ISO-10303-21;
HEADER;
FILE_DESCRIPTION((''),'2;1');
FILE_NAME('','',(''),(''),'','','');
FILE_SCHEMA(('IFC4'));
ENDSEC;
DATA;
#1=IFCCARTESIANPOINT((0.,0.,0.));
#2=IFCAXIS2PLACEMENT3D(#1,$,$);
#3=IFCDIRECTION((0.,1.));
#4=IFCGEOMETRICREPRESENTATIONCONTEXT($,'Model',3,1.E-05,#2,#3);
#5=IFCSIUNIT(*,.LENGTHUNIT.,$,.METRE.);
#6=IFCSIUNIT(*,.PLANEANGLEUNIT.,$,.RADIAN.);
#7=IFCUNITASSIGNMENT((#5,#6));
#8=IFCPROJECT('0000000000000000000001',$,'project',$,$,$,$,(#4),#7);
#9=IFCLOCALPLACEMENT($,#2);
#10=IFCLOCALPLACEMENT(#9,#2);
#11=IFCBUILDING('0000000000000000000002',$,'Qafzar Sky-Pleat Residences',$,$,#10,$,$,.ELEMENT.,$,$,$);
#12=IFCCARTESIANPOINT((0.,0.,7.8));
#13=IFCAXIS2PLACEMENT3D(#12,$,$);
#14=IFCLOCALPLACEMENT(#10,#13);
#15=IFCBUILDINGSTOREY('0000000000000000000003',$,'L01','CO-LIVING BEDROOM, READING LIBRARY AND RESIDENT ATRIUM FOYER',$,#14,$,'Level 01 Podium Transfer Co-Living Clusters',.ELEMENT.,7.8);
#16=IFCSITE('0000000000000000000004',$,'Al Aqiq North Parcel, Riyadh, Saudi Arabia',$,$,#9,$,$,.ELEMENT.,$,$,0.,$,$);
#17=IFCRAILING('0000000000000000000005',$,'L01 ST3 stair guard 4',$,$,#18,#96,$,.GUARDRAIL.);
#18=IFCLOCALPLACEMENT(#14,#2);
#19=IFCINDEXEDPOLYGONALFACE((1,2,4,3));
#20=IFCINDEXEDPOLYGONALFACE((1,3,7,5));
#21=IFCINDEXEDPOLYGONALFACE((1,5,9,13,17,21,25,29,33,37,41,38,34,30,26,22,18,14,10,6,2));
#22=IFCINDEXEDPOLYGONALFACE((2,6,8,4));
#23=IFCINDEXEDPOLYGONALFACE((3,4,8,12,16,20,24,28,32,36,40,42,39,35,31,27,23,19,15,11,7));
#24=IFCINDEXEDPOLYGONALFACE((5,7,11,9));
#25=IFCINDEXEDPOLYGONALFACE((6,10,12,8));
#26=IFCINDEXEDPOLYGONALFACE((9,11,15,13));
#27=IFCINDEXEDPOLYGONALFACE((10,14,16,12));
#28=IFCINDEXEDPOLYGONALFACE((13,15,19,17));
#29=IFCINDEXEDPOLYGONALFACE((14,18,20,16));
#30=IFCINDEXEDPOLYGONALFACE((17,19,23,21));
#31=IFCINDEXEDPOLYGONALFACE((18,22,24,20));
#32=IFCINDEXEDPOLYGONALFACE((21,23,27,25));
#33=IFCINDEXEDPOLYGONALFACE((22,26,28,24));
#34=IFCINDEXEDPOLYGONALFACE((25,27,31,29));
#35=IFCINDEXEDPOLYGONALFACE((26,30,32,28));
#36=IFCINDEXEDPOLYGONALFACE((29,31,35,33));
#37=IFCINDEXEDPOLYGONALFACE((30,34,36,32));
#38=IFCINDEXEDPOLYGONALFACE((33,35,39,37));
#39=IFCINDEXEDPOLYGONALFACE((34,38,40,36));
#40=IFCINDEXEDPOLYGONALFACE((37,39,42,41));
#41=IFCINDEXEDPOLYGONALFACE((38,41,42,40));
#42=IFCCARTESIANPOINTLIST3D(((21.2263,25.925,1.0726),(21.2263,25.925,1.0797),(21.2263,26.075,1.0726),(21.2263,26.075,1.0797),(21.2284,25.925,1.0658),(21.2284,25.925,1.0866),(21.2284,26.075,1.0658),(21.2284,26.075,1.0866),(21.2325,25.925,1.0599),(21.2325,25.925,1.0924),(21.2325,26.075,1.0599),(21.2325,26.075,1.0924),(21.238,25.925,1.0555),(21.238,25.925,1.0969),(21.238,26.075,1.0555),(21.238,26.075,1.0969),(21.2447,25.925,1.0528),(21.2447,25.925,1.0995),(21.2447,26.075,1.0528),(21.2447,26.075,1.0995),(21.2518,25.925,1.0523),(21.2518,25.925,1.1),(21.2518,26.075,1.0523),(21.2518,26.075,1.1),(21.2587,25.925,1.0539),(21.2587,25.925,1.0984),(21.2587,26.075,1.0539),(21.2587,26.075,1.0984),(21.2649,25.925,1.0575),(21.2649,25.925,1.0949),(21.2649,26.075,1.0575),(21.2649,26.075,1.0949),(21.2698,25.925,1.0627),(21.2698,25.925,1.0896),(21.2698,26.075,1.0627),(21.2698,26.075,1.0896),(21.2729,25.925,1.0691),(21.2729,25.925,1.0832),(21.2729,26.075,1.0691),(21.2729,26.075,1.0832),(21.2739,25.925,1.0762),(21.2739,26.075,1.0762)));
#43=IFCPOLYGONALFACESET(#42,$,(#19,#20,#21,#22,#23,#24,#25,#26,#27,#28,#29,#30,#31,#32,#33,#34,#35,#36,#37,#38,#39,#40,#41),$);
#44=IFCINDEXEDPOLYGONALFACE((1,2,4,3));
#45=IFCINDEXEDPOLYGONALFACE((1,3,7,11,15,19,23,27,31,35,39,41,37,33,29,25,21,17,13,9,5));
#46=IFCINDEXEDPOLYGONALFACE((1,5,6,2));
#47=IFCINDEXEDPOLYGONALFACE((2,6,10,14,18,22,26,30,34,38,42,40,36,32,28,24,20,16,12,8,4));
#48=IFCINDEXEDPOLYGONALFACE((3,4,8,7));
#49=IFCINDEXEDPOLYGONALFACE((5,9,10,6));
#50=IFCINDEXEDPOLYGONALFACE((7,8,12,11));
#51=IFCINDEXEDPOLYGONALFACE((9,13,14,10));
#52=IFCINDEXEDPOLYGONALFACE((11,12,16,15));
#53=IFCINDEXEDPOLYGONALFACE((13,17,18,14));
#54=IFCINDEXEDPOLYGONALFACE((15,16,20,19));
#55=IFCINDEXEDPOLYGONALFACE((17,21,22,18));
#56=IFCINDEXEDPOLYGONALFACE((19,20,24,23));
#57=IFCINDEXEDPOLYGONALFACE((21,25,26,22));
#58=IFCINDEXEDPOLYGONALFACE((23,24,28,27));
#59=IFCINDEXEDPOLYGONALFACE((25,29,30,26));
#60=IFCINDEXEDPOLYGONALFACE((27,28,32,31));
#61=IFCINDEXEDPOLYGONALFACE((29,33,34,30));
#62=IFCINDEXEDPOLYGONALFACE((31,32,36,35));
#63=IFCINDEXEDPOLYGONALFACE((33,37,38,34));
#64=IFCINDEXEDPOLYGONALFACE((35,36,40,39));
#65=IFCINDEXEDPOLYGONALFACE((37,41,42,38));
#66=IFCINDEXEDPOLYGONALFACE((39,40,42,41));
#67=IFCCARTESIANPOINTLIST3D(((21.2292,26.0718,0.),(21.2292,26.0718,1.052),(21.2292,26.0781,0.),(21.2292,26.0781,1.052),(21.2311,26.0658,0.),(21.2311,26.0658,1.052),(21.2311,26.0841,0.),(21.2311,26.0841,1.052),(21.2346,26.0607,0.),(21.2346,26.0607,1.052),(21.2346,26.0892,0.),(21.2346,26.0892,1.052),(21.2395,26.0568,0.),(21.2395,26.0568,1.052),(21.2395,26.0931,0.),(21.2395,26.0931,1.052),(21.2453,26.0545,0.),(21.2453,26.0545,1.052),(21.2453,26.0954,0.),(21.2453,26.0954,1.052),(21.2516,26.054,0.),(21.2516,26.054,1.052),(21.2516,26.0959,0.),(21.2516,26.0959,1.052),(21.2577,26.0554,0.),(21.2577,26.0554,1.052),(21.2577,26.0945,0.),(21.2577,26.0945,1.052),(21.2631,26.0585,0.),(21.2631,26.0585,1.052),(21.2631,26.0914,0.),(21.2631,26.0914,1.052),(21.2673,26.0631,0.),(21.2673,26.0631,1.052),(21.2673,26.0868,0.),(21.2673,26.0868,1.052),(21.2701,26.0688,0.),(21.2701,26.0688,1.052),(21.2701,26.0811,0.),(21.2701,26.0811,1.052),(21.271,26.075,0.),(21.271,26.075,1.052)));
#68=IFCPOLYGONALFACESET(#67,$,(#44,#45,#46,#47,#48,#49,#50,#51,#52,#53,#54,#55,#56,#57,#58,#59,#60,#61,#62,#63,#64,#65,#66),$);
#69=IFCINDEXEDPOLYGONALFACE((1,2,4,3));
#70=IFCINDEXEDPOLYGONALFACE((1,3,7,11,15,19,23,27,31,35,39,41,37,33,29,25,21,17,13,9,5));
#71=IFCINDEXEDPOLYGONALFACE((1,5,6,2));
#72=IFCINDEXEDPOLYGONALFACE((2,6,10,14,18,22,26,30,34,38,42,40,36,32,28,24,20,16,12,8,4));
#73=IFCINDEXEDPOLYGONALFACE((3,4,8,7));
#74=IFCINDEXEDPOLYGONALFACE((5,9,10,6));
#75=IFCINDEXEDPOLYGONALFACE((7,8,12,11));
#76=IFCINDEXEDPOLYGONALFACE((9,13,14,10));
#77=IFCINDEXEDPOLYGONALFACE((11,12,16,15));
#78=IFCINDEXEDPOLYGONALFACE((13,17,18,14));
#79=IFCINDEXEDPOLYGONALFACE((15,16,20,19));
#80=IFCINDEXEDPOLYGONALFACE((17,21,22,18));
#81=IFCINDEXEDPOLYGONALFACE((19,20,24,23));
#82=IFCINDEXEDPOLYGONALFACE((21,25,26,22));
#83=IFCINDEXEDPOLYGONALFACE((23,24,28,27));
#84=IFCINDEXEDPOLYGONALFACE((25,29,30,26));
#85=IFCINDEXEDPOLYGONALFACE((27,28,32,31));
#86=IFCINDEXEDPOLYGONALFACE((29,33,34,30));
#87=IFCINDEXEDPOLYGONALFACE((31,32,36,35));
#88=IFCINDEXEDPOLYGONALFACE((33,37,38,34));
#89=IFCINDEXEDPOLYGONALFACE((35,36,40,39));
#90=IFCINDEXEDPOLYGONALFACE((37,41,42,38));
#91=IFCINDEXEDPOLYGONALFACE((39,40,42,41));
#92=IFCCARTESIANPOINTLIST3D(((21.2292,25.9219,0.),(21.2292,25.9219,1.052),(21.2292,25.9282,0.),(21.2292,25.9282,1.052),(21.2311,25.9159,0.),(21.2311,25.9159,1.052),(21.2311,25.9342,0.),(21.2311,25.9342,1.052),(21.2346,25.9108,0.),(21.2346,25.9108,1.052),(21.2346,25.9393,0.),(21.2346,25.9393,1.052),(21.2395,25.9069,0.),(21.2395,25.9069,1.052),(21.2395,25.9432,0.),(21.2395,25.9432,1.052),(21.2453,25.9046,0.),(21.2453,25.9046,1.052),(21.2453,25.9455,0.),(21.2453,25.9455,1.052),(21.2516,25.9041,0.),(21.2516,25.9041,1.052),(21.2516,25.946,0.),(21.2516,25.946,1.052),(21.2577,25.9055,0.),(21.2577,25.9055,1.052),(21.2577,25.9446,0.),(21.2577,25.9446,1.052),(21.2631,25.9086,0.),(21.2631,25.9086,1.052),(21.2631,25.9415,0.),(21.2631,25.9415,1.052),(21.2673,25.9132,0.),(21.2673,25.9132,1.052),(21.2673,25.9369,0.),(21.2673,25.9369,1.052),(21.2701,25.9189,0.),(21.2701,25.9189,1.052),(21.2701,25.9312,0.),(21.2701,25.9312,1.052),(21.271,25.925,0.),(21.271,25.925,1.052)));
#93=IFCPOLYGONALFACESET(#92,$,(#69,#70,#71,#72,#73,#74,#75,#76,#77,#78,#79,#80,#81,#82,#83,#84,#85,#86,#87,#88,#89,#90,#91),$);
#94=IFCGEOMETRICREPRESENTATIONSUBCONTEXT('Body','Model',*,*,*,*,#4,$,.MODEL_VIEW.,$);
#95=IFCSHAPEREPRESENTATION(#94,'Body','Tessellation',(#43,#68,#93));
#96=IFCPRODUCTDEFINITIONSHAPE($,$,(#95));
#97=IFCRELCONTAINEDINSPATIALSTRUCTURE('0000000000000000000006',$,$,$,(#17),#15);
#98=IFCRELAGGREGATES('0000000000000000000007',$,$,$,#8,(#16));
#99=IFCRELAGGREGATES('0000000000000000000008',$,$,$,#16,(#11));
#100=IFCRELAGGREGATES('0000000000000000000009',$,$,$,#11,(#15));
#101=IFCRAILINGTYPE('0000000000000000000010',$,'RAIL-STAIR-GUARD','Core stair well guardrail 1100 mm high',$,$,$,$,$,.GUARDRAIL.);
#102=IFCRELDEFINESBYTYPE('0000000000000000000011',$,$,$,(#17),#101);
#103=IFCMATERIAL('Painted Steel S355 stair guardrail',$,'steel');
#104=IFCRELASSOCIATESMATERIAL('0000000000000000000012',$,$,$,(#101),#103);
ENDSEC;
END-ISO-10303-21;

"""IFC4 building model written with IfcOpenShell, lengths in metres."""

from ifc_helpers import new_model, si_unit, direction, frame, origin, origin_2d, place, context, subcontext, project, spatial, circle, extrude, source, transform, mapped, material, type_object, element, save


model = new_model("IFC4")

# Units and contexts
model_context = context("Model", 3, precision=1e-05, world=origin(), true_north=direction((0.0, 1.0)))
body_context = subcontext(model_context, "Body", "Model", "MODEL_VIEW")
ifc_project = project(units=[si_unit("LENGTHUNIT", "METRE"), si_unit("PLANEANGLEUNIT", "RADIAN")], contexts=[model_context])

# Site, building, storey
site_placement = place(None, origin())
site = spatial("IfcSite", under=ifc_project, at=site_placement, Name="Al Aqiq North Parcel, Riyadh, Saudi Arabia", CompositionType="ELEMENT", RefElevation=0.0)
building_placement = place(site_placement, origin())
building = spatial("IfcBuilding", under=site, at=building_placement, Name="Qafzar Sky-Pleat Residences", CompositionType="ELEMENT")
storey_placement = place(building_placement, frame((0.0, 0.0, 7.8)))
storey = spatial("IfcBuildingStorey", under=building, at=storey_placement, Name="L01", Description="CO-LIVING BEDROOM, READING LIBRARY AND RESIDENT ATRIUM FOYER", LongName="Level 01 Podium Transfer Co-Living Clusters", CompositionType="ELEMENT", Elevation=7.8)

# Railing
ifc_material_1 = material(Name="Painted Steel S355 stair guardrail", Category="steel")
railing_type_1 = type_object("IfcRailingType", Name="RAIL-STAIR-GUARD", Description="Core stair well guardrail 1100 mm high", PredefinedType="GUARDRAIL", material=ifc_material_1)
shared_shape_1 = source(origin(), body_context, "Body", "SweptSolid", [
    extrude(circle(Radius=0.0239, at=origin_2d()), frame((0.0, 0.0, 1.0762), z_axis=(0.0, -1.0, 0.0), x_axis=(1.0, 0.0, 0.0)), (0.0, 0.0, 1.0), 0.1499),
    extrude(circle(Radius=0.021, at=origin_2d()), origin(), (0.0, 0.0, 1.0), 1.052),
    extrude(circle(Radius=0.021, at=origin_2d()), frame((0.0, -0.1499, 0.0)), (0.0, 0.0, 1.0), 1.052),
])
railing_1_placement = place(storey_placement, frame((21.25, 26.075, 0.0)))
element("IfcRailing", 1, at=railing_1_placement, inside=storey, type_object=railing_type_1, Name="L01 ST3 stair guard 4", PredefinedType="GUARDRAIL", context=body_context, shape_type="MappedRepresentation", body=[
    mapped(shared_shape_1, transform((0.0, 0.0, 0.0), x_axis=(1.0, 0.0, 0.0), y_axis=(0.0, 1.0, 0.0), z_axis=(0.0, 0.0, 1.0), scale=1.0)),
])

save(model, "model.ifc")
